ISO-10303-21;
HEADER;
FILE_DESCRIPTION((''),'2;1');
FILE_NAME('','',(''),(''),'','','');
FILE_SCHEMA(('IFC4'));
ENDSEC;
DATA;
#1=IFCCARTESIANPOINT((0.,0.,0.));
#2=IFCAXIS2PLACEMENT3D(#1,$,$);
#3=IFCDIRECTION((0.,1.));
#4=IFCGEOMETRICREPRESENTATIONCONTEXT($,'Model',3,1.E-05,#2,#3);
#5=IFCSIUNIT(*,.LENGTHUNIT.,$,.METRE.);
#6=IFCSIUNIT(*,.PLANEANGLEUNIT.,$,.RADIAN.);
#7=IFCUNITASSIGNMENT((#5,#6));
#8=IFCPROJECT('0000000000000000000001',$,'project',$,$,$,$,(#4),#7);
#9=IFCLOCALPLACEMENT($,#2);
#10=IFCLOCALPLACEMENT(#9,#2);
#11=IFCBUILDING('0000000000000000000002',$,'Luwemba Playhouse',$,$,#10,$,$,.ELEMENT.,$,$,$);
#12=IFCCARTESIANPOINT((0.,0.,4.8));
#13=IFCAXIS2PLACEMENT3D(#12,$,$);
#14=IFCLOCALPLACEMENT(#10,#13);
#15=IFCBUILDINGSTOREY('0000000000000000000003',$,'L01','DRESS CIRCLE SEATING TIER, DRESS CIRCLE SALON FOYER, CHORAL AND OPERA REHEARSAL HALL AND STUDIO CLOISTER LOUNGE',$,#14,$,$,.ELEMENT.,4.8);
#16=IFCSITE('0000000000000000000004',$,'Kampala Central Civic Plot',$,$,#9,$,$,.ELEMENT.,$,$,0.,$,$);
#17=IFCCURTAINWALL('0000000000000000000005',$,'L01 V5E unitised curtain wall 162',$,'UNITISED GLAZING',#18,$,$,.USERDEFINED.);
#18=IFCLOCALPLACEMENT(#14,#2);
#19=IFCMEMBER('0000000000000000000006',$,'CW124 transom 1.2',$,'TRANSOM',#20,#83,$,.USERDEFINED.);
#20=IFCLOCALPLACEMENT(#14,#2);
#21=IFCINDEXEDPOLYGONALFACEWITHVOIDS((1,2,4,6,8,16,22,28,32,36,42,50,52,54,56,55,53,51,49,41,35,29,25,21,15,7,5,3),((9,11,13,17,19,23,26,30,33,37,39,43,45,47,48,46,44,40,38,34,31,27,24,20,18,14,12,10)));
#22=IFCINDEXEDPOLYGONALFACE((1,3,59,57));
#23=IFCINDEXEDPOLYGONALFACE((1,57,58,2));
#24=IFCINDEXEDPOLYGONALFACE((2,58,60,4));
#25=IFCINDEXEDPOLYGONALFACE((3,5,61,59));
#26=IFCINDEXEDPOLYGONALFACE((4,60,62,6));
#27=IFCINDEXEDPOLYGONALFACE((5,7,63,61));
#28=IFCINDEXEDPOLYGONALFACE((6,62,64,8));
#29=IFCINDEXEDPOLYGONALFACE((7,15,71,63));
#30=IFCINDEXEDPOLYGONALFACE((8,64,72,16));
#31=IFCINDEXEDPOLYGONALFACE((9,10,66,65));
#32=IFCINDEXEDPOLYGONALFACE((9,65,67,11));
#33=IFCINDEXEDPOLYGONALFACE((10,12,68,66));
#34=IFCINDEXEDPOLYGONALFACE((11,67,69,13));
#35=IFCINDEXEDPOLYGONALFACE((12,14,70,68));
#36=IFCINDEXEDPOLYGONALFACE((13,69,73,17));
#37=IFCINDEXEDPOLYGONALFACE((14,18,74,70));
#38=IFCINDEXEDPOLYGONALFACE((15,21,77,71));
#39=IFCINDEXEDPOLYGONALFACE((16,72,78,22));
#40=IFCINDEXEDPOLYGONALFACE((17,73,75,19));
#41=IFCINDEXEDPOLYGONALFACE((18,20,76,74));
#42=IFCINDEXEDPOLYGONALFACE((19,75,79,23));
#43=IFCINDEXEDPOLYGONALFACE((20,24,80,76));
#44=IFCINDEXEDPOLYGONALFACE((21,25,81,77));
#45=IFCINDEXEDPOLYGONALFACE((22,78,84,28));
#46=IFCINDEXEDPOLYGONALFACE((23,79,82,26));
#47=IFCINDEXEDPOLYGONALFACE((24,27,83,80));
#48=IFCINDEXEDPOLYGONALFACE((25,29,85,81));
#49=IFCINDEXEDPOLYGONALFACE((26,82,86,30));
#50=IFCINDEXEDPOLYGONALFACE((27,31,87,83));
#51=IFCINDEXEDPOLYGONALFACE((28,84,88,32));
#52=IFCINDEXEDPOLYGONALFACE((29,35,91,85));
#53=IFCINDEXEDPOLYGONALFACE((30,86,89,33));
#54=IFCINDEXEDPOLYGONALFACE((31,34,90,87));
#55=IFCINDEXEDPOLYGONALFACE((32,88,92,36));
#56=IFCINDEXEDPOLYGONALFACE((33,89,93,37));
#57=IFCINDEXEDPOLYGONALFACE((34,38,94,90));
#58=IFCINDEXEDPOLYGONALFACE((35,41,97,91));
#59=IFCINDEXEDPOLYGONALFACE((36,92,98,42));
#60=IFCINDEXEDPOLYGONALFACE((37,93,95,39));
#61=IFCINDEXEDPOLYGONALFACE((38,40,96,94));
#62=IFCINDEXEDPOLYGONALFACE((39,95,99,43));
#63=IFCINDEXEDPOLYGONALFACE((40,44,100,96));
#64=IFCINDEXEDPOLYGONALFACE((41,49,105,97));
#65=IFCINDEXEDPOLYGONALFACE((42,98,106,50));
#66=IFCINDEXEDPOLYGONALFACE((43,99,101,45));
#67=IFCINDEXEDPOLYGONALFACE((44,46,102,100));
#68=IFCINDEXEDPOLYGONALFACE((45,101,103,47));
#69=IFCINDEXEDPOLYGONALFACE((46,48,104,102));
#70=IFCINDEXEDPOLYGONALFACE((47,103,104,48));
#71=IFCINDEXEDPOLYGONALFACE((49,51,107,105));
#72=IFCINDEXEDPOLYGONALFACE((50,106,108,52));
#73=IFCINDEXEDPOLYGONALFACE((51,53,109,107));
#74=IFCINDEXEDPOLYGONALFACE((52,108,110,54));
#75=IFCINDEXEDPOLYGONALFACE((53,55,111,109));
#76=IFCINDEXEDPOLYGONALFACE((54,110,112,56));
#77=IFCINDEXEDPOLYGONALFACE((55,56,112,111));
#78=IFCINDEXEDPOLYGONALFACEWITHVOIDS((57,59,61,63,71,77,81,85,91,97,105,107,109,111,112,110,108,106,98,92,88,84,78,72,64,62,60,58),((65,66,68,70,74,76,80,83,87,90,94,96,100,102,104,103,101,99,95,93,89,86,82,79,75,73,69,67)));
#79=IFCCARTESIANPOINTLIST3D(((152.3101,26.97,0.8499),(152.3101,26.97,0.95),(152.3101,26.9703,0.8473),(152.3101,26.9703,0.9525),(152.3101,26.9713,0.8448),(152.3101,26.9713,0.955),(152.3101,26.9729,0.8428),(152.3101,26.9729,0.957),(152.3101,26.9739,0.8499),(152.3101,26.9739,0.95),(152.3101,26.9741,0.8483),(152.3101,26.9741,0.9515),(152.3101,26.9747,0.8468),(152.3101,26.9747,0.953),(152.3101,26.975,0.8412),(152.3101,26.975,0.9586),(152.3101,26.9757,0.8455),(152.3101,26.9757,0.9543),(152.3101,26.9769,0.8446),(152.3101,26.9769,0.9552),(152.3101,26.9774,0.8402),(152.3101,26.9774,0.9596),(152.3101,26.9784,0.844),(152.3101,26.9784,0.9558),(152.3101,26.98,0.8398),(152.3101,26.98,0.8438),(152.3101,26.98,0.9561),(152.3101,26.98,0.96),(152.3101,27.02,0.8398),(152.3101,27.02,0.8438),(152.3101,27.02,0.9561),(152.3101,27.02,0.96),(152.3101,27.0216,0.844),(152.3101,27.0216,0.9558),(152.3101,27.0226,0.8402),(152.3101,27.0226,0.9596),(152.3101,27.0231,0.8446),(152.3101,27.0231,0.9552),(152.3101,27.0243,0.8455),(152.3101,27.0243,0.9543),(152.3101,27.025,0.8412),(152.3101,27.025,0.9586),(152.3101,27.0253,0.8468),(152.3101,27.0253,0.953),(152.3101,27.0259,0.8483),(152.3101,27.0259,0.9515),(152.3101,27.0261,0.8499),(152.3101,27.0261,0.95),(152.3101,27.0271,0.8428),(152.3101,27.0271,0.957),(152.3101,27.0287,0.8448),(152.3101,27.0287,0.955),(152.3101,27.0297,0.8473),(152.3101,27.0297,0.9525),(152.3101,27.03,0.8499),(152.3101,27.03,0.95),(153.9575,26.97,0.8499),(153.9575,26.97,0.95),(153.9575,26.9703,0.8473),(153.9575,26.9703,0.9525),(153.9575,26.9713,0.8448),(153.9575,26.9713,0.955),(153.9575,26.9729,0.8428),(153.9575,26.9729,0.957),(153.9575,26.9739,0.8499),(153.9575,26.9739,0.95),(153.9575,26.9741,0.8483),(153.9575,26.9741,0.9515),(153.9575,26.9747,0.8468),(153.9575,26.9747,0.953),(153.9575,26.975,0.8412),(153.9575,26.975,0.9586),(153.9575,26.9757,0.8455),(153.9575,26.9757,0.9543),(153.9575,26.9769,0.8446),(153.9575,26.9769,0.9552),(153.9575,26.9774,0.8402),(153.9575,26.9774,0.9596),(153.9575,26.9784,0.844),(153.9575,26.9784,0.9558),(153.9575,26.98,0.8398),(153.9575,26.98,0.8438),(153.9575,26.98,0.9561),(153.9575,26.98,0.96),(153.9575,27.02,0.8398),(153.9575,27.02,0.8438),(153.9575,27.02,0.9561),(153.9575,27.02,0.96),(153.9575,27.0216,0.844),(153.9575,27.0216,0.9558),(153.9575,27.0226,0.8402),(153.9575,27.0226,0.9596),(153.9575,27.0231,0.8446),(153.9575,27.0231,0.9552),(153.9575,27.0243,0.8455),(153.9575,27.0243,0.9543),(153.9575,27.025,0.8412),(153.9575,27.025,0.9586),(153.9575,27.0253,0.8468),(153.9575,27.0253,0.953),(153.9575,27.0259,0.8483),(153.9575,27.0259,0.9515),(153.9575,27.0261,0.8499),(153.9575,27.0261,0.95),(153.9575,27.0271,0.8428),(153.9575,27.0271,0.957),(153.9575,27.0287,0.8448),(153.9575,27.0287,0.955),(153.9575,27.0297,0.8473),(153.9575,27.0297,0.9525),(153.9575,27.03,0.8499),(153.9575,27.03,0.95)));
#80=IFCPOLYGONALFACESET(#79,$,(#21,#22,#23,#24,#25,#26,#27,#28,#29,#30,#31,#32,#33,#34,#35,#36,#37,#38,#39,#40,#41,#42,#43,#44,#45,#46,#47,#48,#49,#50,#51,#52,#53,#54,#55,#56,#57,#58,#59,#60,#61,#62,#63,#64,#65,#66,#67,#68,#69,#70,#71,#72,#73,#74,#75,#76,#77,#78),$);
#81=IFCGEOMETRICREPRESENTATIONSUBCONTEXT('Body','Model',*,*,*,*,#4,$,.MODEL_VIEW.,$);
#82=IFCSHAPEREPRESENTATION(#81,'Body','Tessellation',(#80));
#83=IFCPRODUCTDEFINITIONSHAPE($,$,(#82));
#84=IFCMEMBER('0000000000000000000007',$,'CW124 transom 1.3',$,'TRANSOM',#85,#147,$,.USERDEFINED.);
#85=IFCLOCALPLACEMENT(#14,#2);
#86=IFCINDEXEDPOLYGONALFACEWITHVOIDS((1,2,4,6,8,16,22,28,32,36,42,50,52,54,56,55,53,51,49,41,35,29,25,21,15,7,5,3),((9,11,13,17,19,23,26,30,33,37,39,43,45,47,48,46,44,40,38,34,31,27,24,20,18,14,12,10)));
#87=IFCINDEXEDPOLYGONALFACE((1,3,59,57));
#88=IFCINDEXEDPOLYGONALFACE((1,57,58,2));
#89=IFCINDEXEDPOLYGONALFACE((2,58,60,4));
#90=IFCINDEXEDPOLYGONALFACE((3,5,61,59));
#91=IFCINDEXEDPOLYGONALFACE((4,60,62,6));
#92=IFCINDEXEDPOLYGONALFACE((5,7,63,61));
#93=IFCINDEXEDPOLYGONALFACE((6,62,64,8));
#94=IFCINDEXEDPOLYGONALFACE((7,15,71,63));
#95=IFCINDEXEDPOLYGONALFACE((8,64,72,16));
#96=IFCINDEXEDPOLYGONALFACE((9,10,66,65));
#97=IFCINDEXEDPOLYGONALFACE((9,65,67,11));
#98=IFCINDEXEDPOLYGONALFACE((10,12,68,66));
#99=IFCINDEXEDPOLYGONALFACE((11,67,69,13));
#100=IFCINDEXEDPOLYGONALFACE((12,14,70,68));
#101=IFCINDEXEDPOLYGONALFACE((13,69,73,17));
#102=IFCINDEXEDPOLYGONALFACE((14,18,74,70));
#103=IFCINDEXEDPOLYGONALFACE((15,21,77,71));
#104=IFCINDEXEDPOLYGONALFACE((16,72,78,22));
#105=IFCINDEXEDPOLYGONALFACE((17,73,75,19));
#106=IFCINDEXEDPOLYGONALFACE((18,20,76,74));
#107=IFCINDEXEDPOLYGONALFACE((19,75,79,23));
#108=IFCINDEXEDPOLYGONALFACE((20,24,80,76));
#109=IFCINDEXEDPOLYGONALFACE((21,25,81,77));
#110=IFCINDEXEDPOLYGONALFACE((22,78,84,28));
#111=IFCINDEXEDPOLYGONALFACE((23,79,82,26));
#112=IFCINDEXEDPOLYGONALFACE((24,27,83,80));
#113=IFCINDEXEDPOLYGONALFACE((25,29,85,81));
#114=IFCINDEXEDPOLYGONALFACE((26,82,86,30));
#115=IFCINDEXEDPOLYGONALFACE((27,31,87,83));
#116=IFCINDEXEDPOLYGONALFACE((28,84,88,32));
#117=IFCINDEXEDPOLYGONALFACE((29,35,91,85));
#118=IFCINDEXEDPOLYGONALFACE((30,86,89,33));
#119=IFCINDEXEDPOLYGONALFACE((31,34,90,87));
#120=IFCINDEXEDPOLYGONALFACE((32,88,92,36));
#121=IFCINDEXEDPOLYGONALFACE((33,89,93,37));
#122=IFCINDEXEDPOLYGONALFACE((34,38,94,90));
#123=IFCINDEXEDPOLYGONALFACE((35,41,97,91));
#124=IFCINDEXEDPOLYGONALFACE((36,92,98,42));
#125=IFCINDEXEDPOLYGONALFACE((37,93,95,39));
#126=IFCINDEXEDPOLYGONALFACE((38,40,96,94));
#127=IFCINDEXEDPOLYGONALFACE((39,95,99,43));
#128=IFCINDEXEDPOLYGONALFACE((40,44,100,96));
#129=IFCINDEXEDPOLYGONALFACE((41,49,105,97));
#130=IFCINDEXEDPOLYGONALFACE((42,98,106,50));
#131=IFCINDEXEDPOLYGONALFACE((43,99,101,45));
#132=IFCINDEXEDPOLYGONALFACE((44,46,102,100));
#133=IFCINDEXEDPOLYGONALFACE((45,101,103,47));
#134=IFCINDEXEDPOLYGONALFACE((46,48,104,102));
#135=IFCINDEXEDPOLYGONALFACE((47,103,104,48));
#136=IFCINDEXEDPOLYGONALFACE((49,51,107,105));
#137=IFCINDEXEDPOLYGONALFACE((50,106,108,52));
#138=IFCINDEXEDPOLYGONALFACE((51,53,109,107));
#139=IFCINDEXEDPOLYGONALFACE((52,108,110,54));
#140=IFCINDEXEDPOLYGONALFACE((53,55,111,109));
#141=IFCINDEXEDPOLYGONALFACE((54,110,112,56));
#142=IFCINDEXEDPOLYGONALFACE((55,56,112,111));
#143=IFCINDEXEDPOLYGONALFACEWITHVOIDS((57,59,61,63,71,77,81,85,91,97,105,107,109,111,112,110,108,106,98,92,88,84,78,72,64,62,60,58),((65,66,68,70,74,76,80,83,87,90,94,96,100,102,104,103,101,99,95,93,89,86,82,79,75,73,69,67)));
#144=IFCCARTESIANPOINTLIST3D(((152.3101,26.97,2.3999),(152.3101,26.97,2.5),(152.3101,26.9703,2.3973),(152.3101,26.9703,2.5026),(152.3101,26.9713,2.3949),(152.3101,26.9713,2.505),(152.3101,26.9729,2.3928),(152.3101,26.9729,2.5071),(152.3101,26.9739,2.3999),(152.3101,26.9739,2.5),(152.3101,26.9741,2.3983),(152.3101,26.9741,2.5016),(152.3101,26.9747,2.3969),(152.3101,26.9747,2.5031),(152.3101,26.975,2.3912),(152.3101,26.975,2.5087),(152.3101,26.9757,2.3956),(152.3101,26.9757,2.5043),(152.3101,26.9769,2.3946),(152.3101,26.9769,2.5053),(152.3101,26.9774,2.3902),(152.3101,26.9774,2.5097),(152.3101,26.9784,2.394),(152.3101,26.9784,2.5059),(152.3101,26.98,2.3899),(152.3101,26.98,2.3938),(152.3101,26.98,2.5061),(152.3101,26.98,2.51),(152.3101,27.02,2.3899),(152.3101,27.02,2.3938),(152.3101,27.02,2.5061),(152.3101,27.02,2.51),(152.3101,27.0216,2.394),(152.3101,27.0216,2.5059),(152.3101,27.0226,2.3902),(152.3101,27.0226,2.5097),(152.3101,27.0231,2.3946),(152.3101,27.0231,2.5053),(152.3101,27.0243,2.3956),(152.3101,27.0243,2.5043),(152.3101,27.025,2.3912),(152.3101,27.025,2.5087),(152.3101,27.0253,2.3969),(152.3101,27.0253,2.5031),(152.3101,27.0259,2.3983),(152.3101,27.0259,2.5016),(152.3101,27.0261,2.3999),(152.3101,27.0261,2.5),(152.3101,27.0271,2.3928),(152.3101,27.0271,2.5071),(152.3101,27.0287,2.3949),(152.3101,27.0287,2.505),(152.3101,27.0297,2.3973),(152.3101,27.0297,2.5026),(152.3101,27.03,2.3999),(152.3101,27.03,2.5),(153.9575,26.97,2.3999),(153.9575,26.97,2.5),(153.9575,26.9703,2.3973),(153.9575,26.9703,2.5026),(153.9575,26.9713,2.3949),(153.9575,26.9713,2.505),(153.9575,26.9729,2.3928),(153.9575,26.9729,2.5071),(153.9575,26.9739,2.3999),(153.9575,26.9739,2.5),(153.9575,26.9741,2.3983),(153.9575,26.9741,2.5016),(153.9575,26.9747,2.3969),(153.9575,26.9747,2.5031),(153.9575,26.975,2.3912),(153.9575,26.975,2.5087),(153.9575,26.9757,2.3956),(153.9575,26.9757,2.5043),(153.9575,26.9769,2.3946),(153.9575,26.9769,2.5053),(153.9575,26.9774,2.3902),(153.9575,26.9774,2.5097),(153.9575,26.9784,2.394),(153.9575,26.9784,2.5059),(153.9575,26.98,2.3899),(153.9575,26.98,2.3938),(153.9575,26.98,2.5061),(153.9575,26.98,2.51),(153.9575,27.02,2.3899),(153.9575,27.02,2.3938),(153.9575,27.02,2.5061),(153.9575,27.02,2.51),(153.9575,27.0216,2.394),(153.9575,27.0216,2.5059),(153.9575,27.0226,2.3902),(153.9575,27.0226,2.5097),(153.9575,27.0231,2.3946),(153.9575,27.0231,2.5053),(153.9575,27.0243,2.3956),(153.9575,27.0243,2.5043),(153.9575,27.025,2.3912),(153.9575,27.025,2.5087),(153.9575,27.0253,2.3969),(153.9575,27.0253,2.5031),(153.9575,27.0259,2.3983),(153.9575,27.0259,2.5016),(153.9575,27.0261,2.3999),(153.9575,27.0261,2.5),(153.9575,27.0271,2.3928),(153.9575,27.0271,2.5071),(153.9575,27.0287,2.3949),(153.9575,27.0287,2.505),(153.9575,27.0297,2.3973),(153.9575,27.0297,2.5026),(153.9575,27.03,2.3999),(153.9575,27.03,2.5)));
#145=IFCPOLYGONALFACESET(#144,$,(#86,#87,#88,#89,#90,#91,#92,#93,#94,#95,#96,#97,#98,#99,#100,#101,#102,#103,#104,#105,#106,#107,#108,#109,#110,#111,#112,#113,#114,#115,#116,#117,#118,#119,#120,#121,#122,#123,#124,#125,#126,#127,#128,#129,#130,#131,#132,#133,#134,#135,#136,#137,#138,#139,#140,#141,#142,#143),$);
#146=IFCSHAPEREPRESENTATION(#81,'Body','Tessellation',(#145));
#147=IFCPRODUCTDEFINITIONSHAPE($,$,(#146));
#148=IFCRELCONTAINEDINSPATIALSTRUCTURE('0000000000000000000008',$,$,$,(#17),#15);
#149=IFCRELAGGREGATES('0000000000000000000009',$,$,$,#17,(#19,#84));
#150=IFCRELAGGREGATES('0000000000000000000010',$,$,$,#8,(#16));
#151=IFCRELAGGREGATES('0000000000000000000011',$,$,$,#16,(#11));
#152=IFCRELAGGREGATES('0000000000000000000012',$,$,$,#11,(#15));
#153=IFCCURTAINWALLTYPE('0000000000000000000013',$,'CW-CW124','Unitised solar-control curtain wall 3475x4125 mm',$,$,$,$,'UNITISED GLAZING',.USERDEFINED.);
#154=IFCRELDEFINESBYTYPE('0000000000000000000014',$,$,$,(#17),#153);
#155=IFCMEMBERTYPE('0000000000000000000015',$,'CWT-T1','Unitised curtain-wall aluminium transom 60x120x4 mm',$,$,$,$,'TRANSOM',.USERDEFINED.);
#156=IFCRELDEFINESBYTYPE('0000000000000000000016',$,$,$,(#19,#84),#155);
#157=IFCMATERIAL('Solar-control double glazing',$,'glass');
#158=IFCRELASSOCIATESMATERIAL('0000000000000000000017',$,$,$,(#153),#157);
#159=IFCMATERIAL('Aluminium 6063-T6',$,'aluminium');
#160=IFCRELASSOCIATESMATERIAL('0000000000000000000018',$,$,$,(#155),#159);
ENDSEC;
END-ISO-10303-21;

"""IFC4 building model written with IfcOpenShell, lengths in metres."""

from ifc_helpers import new_model, si_unit, direction, frame, origin, origin_2d, place, context, subcontext, project, spatial, hollow_rectangle, extrude, material, material_profile, profile_set, type_object, element, aggregate, save


model = new_model("IFC4")

# Units and contexts
model_context = context("Model", 3, precision=1e-05, world=origin(), true_north=direction((0.0, 1.0)))
body_context = subcontext(model_context, "Body", "Model", "MODEL_VIEW")
ifc_project = project(units=[si_unit("LENGTHUNIT", "METRE"), si_unit("PLANEANGLEUNIT", "RADIAN")], contexts=[model_context])

# Site, building, storey
site_placement = place(None, origin())
site = spatial("IfcSite", under=ifc_project, at=site_placement, Name="Kampala Central Civic Plot", CompositionType="ELEMENT", RefElevation=0.0)
building_placement = place(site_placement, origin())
building = spatial("IfcBuilding", under=site, at=building_placement, Name="Luwemba Playhouse", CompositionType="ELEMENT")
storey_placement = place(building_placement, frame((0.0, 0.0, 4.8)))
storey = spatial("IfcBuildingStorey", under=building, at=storey_placement, Name="L01", Description="DRESS CIRCLE SEATING TIER, DRESS CIRCLE SALON FOYER, CHORAL AND OPERA REHEARSAL HALL AND STUDIO CLOISTER LOUNGE", CompositionType="ELEMENT", Elevation=4.8)

# Curtain wall
ifc_material_1 = material(Name="Solar-control double glazing", Category="glass")
curtain_wall_type_1 = type_object("IfcCurtainWallType", Name="CW-CW124", Description="Unitised solar-control curtain wall 3475x4125 mm", ElementType="UNITISED GLAZING", PredefinedType="USERDEFINED", material=ifc_material_1)
curtain_wall_1_placement = place(storey_placement, origin())
curtain_wall_1 = element("IfcCurtainWall", 1, at=curtain_wall_1_placement, inside=storey, type_object=curtain_wall_type_1, Name="L01 V5E unitised curtain wall 162", ObjectType="UNITISED GLAZING", PredefinedType="USERDEFINED")
ifc_material_2 = material(Name="Aluminium 6063-T6", Category="aluminium")

# Members
ifc_material_profile_1 = material_profile(ifc_material_2, hollow_rectangle(XDim=0.0601, YDim=0.1201, WallThickness=0.0039, InnerFilletRadius=0.0061, OuterFilletRadius=0.01, at=origin_2d()))
ifc_profile_set_1 = profile_set([ifc_material_profile_1], Name="Aluminium 6063-T6")
member_type_1 = type_object("IfcMemberType", Name="CWT-T1", Description="Unitised curtain-wall aluminium transom 60x120x4 mm", ElementType="TRANSOM", PredefinedType="USERDEFINED", material=ifc_profile_set_1)
member_1_placement = place(storey_placement, frame((152.3101, 27.0, 0.8999), z_axis=(1.0, 0.0, 0.0), x_axis=(0.0, 1.0, 0.0)))
member_1 = element("IfcMember", 2, at=member_1_placement, type_object=member_type_1, Name="CW124 transom 1.2", ObjectType="TRANSOM", PredefinedType="USERDEFINED", context=body_context, shape_type="SweptSolid", body=[
    extrude(hollow_rectangle(XDim=0.0601, YDim=0.1201, WallThickness=0.0039, InnerFilletRadius=0.0061, OuterFilletRadius=0.01, at=origin_2d()), origin(), (0.0, 0.0, 1.0), 1.6475),
])
member_2_placement = place(storey_placement, frame((152.3101, 27.0, 2.45), z_axis=(1.0, 0.0, 0.0), x_axis=(0.0, 1.0, 0.0)))
member_2 = element("IfcMember", 3, at=member_2_placement, type_object=member_type_1, Name="CW124 transom 1.3", ObjectType="TRANSOM", PredefinedType="USERDEFINED", context=body_context, shape_type="SweptSolid", body=[
    extrude(hollow_rectangle(XDim=0.0601, YDim=0.1201, WallThickness=0.0039, InnerFilletRadius=0.0061, OuterFilletRadius=0.01, at=origin_2d()), origin(), (0.0, 0.0, 1.0), 1.6475),
])

aggregate(curtain_wall_1, [member_1, member_2])

save(model, "model.ifc")
